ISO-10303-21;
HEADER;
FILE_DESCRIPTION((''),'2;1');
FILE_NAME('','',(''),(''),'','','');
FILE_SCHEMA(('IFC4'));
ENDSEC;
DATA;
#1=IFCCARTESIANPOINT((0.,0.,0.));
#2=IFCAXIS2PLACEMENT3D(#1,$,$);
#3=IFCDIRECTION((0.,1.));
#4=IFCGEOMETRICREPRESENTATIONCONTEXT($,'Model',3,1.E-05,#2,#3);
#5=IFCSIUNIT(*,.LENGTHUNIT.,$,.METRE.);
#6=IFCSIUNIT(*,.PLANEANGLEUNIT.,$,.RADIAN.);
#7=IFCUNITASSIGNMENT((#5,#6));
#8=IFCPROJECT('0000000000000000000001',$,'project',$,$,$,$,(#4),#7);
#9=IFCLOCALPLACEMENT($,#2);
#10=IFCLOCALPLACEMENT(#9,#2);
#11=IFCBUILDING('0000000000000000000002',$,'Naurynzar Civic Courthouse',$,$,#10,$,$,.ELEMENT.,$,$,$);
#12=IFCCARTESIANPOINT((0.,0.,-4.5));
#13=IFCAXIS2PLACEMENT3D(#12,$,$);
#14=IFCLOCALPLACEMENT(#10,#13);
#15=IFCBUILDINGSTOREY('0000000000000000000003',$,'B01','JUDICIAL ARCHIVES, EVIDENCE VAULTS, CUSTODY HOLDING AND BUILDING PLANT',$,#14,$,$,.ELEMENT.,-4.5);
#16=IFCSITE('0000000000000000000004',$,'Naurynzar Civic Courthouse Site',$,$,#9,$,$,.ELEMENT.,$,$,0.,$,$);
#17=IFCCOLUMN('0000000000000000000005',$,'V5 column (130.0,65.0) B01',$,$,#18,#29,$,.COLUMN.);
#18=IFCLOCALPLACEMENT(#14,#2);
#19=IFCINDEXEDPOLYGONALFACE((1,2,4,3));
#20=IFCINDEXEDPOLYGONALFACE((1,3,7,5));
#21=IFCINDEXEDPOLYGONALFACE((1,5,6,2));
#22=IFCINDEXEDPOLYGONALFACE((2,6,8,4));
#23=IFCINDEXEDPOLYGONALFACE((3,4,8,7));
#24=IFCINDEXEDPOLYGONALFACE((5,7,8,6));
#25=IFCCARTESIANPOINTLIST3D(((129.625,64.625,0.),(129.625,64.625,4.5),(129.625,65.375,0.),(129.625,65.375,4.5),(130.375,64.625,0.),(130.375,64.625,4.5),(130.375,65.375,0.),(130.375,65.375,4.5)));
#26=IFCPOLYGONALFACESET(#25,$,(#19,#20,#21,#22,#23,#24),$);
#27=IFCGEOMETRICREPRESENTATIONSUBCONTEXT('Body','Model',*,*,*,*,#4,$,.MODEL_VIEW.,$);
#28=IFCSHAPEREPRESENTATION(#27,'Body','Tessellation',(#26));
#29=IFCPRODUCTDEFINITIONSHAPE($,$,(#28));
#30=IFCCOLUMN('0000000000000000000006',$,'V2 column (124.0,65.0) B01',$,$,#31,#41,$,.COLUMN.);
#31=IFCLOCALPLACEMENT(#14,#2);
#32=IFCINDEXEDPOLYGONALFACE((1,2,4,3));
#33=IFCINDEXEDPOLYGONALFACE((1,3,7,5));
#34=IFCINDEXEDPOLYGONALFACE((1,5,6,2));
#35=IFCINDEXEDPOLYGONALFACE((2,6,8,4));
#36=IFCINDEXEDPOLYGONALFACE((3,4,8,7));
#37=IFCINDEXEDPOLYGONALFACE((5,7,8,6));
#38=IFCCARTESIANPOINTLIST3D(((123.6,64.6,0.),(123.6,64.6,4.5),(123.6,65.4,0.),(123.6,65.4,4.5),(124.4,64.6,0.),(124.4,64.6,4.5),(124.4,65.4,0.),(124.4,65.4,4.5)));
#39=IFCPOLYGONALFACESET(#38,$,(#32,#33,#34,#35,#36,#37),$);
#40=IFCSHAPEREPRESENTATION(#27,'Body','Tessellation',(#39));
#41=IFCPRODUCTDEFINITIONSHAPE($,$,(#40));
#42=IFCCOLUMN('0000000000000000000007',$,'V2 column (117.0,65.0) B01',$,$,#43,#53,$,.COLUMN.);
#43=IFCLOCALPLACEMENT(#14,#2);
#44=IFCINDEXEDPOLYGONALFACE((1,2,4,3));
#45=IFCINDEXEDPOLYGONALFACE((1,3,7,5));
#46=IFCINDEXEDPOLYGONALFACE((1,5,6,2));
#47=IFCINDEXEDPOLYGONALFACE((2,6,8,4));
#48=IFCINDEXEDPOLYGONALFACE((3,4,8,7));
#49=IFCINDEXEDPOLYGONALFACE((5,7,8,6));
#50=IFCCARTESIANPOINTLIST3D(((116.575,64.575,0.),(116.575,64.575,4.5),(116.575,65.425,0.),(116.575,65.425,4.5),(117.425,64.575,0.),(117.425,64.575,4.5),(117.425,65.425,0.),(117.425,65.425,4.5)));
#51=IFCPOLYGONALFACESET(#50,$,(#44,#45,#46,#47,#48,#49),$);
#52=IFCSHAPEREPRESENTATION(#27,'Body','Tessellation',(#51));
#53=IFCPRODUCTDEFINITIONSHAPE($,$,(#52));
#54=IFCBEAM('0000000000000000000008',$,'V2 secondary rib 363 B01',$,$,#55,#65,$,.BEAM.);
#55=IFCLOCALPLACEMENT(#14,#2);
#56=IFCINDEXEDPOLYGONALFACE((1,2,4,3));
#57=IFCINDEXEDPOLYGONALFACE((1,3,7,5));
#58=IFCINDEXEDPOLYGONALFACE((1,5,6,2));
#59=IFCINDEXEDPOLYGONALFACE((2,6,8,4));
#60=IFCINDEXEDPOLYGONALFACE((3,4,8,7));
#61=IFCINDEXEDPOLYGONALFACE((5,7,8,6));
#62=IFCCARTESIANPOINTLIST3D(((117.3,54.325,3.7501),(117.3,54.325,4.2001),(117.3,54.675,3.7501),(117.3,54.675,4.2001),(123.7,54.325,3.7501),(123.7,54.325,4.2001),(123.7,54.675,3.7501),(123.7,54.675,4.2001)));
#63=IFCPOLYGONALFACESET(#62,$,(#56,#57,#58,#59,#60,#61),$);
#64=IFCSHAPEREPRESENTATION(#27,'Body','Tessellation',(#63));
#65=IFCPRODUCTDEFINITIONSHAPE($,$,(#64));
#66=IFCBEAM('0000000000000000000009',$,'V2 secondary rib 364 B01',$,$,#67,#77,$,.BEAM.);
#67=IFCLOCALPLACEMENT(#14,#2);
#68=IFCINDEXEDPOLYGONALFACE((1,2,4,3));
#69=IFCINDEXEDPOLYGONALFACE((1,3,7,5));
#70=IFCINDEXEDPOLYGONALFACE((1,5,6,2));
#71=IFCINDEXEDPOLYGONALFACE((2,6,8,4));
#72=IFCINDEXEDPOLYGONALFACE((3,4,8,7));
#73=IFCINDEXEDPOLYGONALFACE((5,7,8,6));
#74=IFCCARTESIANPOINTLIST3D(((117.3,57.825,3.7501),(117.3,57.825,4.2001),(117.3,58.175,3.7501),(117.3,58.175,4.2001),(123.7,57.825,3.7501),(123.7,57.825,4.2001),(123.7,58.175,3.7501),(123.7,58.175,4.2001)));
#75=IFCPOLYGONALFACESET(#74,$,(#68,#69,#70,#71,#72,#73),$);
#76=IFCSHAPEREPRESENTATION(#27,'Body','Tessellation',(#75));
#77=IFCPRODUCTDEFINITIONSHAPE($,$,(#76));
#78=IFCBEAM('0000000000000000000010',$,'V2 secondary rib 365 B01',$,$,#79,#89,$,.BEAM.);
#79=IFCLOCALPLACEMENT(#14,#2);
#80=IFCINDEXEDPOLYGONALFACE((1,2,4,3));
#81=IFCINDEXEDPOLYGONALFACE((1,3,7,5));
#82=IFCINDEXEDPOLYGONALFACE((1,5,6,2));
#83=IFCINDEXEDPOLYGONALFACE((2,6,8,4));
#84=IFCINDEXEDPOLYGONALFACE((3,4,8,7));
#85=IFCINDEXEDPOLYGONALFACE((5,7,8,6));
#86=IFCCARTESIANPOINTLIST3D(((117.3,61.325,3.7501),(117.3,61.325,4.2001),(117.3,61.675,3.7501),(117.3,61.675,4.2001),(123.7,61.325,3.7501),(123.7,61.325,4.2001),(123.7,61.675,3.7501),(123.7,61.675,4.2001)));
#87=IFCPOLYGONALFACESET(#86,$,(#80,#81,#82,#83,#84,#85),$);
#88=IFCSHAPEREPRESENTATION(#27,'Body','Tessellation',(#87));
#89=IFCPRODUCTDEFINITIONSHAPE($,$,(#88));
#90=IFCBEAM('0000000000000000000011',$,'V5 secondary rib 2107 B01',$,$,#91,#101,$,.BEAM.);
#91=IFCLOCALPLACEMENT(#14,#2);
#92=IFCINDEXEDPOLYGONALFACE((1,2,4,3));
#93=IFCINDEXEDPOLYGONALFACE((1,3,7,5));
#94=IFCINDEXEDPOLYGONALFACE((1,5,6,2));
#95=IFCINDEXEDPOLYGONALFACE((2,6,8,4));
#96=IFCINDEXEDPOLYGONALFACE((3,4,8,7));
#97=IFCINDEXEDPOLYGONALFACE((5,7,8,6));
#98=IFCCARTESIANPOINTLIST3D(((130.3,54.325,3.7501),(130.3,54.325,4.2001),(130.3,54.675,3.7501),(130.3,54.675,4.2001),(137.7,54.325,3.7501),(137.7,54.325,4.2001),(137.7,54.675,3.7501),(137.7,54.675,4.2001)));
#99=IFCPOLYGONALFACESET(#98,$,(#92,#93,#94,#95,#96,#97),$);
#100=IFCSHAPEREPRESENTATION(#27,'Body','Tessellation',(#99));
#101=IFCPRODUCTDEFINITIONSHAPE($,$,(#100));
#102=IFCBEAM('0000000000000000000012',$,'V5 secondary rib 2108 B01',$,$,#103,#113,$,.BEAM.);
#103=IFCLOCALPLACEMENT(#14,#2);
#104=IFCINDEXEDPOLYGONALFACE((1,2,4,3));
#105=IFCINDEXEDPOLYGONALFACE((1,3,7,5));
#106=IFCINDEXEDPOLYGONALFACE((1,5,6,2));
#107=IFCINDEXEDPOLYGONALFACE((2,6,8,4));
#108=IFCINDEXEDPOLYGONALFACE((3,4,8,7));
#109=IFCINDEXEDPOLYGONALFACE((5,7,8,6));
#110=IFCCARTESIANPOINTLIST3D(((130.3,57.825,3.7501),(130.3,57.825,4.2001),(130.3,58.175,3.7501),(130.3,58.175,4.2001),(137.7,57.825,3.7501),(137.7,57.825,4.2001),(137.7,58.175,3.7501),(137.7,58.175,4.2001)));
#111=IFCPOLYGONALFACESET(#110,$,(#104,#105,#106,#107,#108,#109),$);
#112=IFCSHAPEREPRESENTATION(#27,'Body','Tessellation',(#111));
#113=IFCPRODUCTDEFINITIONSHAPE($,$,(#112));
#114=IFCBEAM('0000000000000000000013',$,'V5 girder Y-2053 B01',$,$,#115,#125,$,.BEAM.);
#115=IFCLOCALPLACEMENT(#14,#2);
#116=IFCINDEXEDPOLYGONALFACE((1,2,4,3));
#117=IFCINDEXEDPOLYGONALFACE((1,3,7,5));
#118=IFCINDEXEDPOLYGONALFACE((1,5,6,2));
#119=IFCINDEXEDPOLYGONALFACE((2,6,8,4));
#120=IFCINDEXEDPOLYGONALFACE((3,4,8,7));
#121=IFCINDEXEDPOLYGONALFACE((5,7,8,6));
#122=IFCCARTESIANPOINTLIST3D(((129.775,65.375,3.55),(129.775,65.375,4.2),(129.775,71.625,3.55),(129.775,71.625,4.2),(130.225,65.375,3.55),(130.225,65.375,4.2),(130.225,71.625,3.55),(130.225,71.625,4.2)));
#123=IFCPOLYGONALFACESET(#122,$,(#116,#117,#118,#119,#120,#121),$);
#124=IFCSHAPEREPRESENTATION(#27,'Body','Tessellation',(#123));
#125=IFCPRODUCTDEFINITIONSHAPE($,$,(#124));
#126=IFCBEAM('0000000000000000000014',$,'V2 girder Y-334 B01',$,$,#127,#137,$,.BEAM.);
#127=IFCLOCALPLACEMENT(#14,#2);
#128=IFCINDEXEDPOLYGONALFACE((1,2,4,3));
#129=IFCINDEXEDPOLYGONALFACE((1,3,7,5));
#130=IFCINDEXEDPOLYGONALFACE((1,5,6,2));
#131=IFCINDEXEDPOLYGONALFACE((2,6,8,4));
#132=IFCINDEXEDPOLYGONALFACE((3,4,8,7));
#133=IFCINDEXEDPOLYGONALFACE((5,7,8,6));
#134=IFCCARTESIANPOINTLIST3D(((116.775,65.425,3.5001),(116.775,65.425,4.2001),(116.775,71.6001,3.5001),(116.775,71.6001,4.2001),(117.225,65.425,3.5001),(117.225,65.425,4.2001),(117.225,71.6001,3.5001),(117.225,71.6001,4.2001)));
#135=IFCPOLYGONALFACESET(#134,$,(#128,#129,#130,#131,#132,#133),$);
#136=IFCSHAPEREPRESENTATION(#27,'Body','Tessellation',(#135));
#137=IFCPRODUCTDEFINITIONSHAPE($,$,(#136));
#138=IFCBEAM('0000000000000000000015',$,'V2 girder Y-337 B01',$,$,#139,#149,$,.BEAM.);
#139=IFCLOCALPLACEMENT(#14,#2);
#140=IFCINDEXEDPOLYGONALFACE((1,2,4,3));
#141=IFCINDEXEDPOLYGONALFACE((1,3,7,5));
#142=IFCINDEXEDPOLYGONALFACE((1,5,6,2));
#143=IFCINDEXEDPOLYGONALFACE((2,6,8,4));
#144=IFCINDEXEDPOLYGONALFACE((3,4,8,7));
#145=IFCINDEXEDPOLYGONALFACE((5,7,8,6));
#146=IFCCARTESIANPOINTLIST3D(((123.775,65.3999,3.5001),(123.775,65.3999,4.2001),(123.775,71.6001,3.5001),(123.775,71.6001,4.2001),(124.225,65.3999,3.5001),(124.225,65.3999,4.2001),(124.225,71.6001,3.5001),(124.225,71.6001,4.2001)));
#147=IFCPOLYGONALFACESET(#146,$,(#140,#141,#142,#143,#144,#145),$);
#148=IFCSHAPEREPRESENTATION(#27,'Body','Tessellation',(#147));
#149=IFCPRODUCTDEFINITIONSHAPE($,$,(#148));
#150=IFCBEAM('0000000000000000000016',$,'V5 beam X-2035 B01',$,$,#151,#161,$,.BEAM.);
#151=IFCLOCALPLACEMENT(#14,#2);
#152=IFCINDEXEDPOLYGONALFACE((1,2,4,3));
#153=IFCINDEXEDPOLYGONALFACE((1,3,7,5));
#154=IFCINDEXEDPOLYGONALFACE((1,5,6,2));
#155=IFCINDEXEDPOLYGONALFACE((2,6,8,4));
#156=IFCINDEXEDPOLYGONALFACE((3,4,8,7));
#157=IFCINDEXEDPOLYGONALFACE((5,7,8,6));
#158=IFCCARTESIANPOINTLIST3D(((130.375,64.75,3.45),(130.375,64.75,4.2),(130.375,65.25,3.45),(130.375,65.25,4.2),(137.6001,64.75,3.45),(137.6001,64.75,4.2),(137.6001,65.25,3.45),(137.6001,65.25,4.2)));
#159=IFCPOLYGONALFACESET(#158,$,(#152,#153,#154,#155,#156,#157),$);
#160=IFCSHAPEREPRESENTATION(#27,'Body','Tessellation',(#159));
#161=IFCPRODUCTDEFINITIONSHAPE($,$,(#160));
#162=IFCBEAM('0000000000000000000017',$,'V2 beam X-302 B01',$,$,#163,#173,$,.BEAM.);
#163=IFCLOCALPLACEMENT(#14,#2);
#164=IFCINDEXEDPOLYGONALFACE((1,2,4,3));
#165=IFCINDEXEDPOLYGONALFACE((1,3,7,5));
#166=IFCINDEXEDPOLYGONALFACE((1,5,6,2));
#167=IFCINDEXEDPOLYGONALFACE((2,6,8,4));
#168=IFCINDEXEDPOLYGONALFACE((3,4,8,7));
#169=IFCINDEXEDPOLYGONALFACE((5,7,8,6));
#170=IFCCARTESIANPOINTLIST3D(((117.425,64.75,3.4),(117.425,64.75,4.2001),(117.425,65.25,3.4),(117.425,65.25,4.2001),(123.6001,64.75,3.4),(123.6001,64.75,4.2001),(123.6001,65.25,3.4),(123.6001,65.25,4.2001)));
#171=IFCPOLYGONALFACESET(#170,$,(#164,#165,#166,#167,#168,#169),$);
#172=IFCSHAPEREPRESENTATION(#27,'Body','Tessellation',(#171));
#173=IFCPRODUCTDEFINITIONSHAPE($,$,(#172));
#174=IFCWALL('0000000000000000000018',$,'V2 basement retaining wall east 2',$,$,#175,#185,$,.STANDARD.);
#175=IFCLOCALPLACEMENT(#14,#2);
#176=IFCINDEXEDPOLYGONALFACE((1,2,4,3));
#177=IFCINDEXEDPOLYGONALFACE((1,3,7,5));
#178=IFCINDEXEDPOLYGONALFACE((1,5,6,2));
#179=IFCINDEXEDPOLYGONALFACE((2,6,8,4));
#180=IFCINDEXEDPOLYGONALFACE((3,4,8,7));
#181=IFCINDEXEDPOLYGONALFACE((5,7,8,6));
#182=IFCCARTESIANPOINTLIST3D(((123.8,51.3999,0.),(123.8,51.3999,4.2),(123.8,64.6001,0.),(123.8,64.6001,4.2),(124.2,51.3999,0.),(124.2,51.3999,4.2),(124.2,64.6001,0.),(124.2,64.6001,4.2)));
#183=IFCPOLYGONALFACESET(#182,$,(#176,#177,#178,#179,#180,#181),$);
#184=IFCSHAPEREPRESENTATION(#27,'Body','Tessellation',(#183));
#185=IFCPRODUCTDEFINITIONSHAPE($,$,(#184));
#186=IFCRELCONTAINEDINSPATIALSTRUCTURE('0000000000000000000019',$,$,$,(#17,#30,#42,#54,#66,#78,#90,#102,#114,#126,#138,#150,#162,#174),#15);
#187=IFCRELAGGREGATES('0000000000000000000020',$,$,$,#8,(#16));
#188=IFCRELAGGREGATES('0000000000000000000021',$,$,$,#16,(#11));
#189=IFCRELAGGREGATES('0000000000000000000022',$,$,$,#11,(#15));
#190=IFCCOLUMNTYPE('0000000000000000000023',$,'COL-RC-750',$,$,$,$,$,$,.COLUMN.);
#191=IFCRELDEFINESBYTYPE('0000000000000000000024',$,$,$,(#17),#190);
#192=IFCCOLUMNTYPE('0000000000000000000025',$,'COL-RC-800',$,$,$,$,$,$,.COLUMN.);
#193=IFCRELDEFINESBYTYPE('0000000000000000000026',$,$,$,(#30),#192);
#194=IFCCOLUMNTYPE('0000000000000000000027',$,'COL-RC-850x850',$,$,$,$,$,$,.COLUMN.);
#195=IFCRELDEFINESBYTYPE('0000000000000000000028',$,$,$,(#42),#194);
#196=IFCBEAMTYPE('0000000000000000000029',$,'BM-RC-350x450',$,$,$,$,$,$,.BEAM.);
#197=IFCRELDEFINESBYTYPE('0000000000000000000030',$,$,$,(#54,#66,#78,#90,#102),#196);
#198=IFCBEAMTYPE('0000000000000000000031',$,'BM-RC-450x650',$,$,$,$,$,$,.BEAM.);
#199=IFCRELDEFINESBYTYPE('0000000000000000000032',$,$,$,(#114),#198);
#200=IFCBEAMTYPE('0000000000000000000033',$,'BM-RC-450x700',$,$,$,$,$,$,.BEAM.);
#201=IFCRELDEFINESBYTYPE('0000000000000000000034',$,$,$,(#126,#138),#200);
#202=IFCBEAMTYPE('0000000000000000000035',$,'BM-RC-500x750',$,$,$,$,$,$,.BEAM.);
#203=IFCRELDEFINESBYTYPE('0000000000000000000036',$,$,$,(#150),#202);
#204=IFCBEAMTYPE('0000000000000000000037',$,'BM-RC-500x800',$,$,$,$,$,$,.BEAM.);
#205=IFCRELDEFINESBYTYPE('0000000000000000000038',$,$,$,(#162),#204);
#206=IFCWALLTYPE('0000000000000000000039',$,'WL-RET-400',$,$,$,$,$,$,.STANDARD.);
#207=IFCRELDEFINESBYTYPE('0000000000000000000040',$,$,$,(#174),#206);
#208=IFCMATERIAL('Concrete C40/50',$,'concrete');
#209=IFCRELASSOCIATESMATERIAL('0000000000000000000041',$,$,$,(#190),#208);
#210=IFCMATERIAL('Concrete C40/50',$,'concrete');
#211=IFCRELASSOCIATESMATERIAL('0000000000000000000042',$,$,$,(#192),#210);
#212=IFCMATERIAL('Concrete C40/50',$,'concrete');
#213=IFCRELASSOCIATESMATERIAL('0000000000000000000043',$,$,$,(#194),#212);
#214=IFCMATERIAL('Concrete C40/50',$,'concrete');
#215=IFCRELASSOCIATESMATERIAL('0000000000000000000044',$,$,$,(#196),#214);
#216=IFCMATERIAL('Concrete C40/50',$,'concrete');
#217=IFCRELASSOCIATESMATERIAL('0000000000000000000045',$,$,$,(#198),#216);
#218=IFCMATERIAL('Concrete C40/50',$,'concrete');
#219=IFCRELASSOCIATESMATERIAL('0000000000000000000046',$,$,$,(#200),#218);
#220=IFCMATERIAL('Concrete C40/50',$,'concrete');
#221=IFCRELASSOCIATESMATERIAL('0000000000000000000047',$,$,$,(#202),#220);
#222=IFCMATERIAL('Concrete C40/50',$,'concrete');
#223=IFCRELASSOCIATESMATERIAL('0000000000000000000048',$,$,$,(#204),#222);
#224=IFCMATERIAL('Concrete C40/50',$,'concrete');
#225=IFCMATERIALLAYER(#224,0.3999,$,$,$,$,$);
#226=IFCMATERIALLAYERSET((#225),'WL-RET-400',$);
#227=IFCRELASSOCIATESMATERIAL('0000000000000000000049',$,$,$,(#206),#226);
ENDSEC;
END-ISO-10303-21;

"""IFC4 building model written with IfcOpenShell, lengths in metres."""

from ifc_helpers import new_model, si_unit, direction, frame, frame_2d, origin, origin_2d, place, context, subcontext, project, spatial, rectangle, extrude, material, layer, layer_set, material_profile, profile_set, type_object, element, save


model = new_model("IFC4")

# Units and contexts
model_context = context("Model", 3, precision=1e-05, world=origin(), true_north=direction((0.0, 1.0)))
body_context = subcontext(model_context, "Body", "Model", "MODEL_VIEW")
ifc_project = project(units=[si_unit("LENGTHUNIT", "METRE"), si_unit("PLANEANGLEUNIT", "RADIAN")], contexts=[model_context])

# Site, building, storey
site_placement = place(None, origin())
site = spatial("IfcSite", under=ifc_project, at=site_placement, Name="Naurynzar Civic Courthouse Site", CompositionType="ELEMENT", RefElevation=0.0)
building_placement = place(site_placement, origin())
building = spatial("IfcBuilding", under=site, at=building_placement, Name="Naurynzar Civic Courthouse", CompositionType="ELEMENT")
storey_placement = place(building_placement, frame((0.0, 0.0, -4.5)))
storey = spatial("IfcBuildingStorey", under=building, at=storey_placement, Name="B01", Description="JUDICIAL ARCHIVES, EVIDENCE VAULTS, CUSTODY HOLDING AND BUILDING PLANT", CompositionType="ELEMENT", Elevation=-4.5)

# Columns
ifc_material_1 = material(Name="Concrete C40/50", Category="concrete")
ifc_material_profile_1 = material_profile(ifc_material_1, rectangle(XDim=0.75, YDim=0.75, at=origin_2d()), Name="RC 750x750")
ifc_profile_set_1 = profile_set([ifc_material_profile_1], Name="Concrete C40/50")
column_type_1 = type_object("IfcColumnType", Name="COL-RC-750", PredefinedType="COLUMN", material=ifc_profile_set_1)
column_1_placement = place(storey_placement, frame((130.0, 65.0, 0.0), z_axis=(0.0, 0.0, 1.0), x_axis=(1.0, 0.0, 0.0)))
element("IfcColumn", 1, at=column_1_placement, inside=storey, type_object=column_type_1, Name="V5 column (130.0,65.0) B01", PredefinedType="COLUMN", context=body_context, shape_type="SweptSolid", body=[
    extrude(rectangle(XDim=0.75, YDim=0.75, at=origin_2d()), origin(), (0.0, 0.0, 1.0), 4.5),
])
ifc_material_2 = material(Name="Concrete C40/50", Category="concrete")
ifc_material_profile_2 = material_profile(ifc_material_2, rectangle(XDim=0.8, YDim=0.8, at=origin_2d()), Name="RC 800x800")
ifc_profile_set_2 = profile_set([ifc_material_profile_2], Name="Concrete C40/50")
column_type_2 = type_object("IfcColumnType", Name="COL-RC-800", PredefinedType="COLUMN", material=ifc_profile_set_2)
column_2_placement = place(storey_placement, frame((124.0, 65.0, 0.0), z_axis=(0.0, 0.0, 1.0), x_axis=(1.0, 0.0, 0.0)))
element("IfcColumn", 2, at=column_2_placement, inside=storey, type_object=column_type_2, Name="V2 column (124.0,65.0) B01", PredefinedType="COLUMN", context=body_context, shape_type="SweptSolid", body=[
    extrude(rectangle(XDim=0.8, YDim=0.8, at=origin_2d()), origin(), (0.0, 0.0, 1.0), 4.5),
])
ifc_material_3 = material(Name="Concrete C40/50", Category="concrete")
ifc_material_profile_3 = material_profile(ifc_material_3, rectangle(XDim=0.8501, YDim=0.8501, at=origin_2d()), Name="RC 850x850")
ifc_profile_set_3 = profile_set([ifc_material_profile_3], Name="Concrete C40/50")
column_type_3 = type_object("IfcColumnType", Name="COL-RC-850x850", PredefinedType="COLUMN", material=ifc_profile_set_3)
column_3_placement = place(storey_placement, frame((117.0, 65.0, 0.0), z_axis=(0.0, 0.0, 1.0), x_axis=(1.0, 0.0, 0.0)))
element("IfcColumn", 3, at=column_3_placement, inside=storey, type_object=column_type_3, Name="V2 column (117.0,65.0) B01", PredefinedType="COLUMN", context=body_context, shape_type="SweptSolid", body=[
    extrude(rectangle(XDim=0.8501, YDim=0.8501, at=origin_2d()), origin(), (0.0, 0.0, 1.0), 4.5),
])

# Beams
ifc_material_4 = material(Name="Concrete C40/50", Category="concrete")
ifc_material_profile_4 = material_profile(ifc_material_4, rectangle(XDim=0.3501, YDim=0.45, at=origin_2d()), Name="RCB 350x450")
ifc_profile_set_4 = profile_set([ifc_material_profile_4], Name="Concrete C40/50")
beam_type_1 = type_object("IfcBeamType", Name="BM-RC-350x450", PredefinedType="BEAM", material=ifc_profile_set_4)
for number, where, z_axis, x_axis, name in (
    (4, (117.3, 54.5, 3.9751), (1.0, 0.0, 0.0), (0.0, 1.0, 0.0), "V2 secondary rib 363 B01"),
    (5, (117.3, 58.0, 3.9751), (1.0, 0.0, 0.0), (0.0, 1.0, 0.0), "V2 secondary rib 364 B01"),
    (6, (117.3, 61.5, 3.9751), (1.0, 0.0, 0.0), (0.0, 1.0, 0.0), "V2 secondary rib 365 B01"),
):
    element("IfcBeam", number, at=place(storey_placement, frame(where, z_axis=z_axis, x_axis=x_axis)), inside=storey, type_object=beam_type_1, Name=name, PredefinedType="BEAM", context=body_context, shape_type="SweptSolid", body=[
        extrude(rectangle(XDim=0.3501, YDim=0.45, at=origin_2d()), origin(), (0.0, 0.0, 1.0), 6.3999),
    ])
for number, where, z_axis, x_axis, name in (
    (7, (130.3, 54.5, 3.9751), (1.0, 0.0, 0.0), (0.0, 1.0, 0.0), "V5 secondary rib 2107 B01"),
    (8, (130.3, 58.0, 3.9751), (1.0, 0.0, 0.0), (0.0, 1.0, 0.0), "V5 secondary rib 2108 B01"),
):
    element("IfcBeam", number, at=place(storey_placement, frame(where, z_axis=z_axis, x_axis=x_axis)), inside=storey, type_object=beam_type_1, Name=name, PredefinedType="BEAM", context=body_context, shape_type="SweptSolid", body=[
        extrude(rectangle(XDim=0.3501, YDim=0.45, at=origin_2d()), origin(), (0.0, 0.0, 1.0), 7.3999),
    ])
ifc_material_5 = material(Name="Concrete C40/50", Category="concrete")
ifc_material_profile_5 = material_profile(ifc_material_5, rectangle(XDim=0.45, YDim=0.6499, at=origin_2d()), Name="RCB 450x650")
ifc_profile_set_5 = profile_set([ifc_material_profile_5], Name="Concrete C40/50")
beam_type_2 = type_object("IfcBeamType", Name="BM-RC-450x650", PredefinedType="BEAM", material=ifc_profile_set_5)
beam_1_placement = place(storey_placement, frame((130.0, 65.375, 3.875), z_axis=(0.0, 1.0, 0.0), x_axis=(-1.0, 0.0, 0.0)))
element("IfcBeam", 9, at=beam_1_placement, inside=storey, type_object=beam_type_2, Name="V5 girder Y-2053 B01", PredefinedType="BEAM", context=body_context, shape_type="SweptSolid", body=[
    extrude(rectangle(XDim=0.45, YDim=0.6499, at=origin_2d()), origin(), (0.0, 0.0, 1.0), 6.25),
])
ifc_material_6 = material(Name="Concrete C40/50", Category="concrete")
ifc_material_profile_6 = material_profile(ifc_material_6, rectangle(XDim=0.45, YDim=0.7, at=origin_2d()), Name="RCB 450x700")
ifc_profile_set_6 = profile_set([ifc_material_profile_6], Name="Concrete C40/50")
beam_type_3 = type_object("IfcBeamType", Name="BM-RC-450x700", PredefinedType="BEAM", material=ifc_profile_set_6)
beam_2_placement = place(storey_placement, frame((117.0, 65.425, 3.8501), z_axis=(0.0, 1.0, 0.0), x_axis=(-1.0, 0.0, 0.0)))
element("IfcBeam", 10, at=beam_2_placement, inside=storey, type_object=beam_type_3, Name="V2 girder Y-334 B01", PredefinedType="BEAM", context=body_context, shape_type="SweptSolid", body=[
    extrude(rectangle(XDim=0.45, YDim=0.7, at=origin_2d()), origin(), (0.0, 0.0, 1.0), 6.175),
])
beam_3_placement = place(storey_placement, frame((124.0, 65.3999, 3.8501), z_axis=(0.0, 1.0, 0.0), x_axis=(-1.0, 0.0, 0.0)))
element("IfcBeam", 11, at=beam_3_placement, inside=storey, type_object=beam_type_3, Name="V2 girder Y-337 B01", PredefinedType="BEAM", context=body_context, shape_type="SweptSolid", body=[
    extrude(rectangle(XDim=0.45, YDim=0.7, at=origin_2d()), origin(), (0.0, 0.0, 1.0), 6.2002),
])
ifc_material_7 = material(Name="Concrete C40/50", Category="concrete")
ifc_material_profile_7 = material_profile(ifc_material_7, rectangle(XDim=0.5, YDim=0.75, at=origin_2d()), Name="RCB 500x750")
ifc_profile_set_7 = profile_set([ifc_material_profile_7], Name="Concrete C40/50")
beam_type_4 = type_object("IfcBeamType", Name="BM-RC-500x750", PredefinedType="BEAM", material=ifc_profile_set_7)
beam_4_placement = place(storey_placement, frame((130.375, 65.0, 3.825), z_axis=(1.0, 0.0, 0.0), x_axis=(0.0, 1.0, 0.0)))
element("IfcBeam", 12, at=beam_4_placement, inside=storey, type_object=beam_type_4, Name="V5 beam X-2035 B01", PredefinedType="BEAM", context=body_context, shape_type="SweptSolid", body=[
    extrude(rectangle(XDim=0.5, YDim=0.75, at=origin_2d()), origin(), (0.0, 0.0, 1.0), 7.2251),
])
ifc_material_8 = material(Name="Concrete C40/50", Category="concrete")
ifc_material_profile_8 = material_profile(ifc_material_8, rectangle(XDim=0.5, YDim=0.8, at=origin_2d()), Name="RCB 500x800")
ifc_profile_set_8 = profile_set([ifc_material_profile_8], Name="Concrete C40/50")
beam_type_5 = type_object("IfcBeamType", Name="BM-RC-500x800", PredefinedType="BEAM", material=ifc_profile_set_8)
beam_5_placement = place(storey_placement, frame((117.425, 65.0, 3.8), z_axis=(1.0, 0.0, 0.0), x_axis=(0.0, 1.0, 0.0)))
element("IfcBeam", 13, at=beam_5_placement, inside=storey, type_object=beam_type_5, Name="V2 beam X-302 B01", PredefinedType="BEAM", context=body_context, shape_type="SweptSolid", body=[
    extrude(rectangle(XDim=0.5, YDim=0.8, at=origin_2d()), origin(), (0.0, 0.0, 1.0), 6.175),
])

# Wall
ifc_material_9 = material(Name="Concrete C40/50", Category="concrete")
ifc_layer = layer(ifc_material_9, 0.3999)
ifc_layer_set = layer_set([ifc_layer], Name="WL-RET-400")
wall_type = type_object("IfcWallType", Name="WL-RET-400", PredefinedType="STANDARD", material=ifc_layer_set)
wall_1_placement = place(storey_placement, frame((124.0, 64.6001, 0.0), z_axis=(0.0, 0.0, 1.0), x_axis=(0.0, -1.0, 0.0)))
element("IfcWall", 14, at=wall_1_placement, inside=storey, type_object=wall_type, Name="V2 basement retaining wall east 2", PredefinedType="STANDARD", context=body_context, shape_type="SweptSolid", body=[
    extrude(rectangle(XDim=13.2002, YDim=0.3999, at=frame_2d((6.6001, 0.0))), origin(), (0.0, 0.0, 1.0), 4.2),
])

save(model, "model.ifc")
